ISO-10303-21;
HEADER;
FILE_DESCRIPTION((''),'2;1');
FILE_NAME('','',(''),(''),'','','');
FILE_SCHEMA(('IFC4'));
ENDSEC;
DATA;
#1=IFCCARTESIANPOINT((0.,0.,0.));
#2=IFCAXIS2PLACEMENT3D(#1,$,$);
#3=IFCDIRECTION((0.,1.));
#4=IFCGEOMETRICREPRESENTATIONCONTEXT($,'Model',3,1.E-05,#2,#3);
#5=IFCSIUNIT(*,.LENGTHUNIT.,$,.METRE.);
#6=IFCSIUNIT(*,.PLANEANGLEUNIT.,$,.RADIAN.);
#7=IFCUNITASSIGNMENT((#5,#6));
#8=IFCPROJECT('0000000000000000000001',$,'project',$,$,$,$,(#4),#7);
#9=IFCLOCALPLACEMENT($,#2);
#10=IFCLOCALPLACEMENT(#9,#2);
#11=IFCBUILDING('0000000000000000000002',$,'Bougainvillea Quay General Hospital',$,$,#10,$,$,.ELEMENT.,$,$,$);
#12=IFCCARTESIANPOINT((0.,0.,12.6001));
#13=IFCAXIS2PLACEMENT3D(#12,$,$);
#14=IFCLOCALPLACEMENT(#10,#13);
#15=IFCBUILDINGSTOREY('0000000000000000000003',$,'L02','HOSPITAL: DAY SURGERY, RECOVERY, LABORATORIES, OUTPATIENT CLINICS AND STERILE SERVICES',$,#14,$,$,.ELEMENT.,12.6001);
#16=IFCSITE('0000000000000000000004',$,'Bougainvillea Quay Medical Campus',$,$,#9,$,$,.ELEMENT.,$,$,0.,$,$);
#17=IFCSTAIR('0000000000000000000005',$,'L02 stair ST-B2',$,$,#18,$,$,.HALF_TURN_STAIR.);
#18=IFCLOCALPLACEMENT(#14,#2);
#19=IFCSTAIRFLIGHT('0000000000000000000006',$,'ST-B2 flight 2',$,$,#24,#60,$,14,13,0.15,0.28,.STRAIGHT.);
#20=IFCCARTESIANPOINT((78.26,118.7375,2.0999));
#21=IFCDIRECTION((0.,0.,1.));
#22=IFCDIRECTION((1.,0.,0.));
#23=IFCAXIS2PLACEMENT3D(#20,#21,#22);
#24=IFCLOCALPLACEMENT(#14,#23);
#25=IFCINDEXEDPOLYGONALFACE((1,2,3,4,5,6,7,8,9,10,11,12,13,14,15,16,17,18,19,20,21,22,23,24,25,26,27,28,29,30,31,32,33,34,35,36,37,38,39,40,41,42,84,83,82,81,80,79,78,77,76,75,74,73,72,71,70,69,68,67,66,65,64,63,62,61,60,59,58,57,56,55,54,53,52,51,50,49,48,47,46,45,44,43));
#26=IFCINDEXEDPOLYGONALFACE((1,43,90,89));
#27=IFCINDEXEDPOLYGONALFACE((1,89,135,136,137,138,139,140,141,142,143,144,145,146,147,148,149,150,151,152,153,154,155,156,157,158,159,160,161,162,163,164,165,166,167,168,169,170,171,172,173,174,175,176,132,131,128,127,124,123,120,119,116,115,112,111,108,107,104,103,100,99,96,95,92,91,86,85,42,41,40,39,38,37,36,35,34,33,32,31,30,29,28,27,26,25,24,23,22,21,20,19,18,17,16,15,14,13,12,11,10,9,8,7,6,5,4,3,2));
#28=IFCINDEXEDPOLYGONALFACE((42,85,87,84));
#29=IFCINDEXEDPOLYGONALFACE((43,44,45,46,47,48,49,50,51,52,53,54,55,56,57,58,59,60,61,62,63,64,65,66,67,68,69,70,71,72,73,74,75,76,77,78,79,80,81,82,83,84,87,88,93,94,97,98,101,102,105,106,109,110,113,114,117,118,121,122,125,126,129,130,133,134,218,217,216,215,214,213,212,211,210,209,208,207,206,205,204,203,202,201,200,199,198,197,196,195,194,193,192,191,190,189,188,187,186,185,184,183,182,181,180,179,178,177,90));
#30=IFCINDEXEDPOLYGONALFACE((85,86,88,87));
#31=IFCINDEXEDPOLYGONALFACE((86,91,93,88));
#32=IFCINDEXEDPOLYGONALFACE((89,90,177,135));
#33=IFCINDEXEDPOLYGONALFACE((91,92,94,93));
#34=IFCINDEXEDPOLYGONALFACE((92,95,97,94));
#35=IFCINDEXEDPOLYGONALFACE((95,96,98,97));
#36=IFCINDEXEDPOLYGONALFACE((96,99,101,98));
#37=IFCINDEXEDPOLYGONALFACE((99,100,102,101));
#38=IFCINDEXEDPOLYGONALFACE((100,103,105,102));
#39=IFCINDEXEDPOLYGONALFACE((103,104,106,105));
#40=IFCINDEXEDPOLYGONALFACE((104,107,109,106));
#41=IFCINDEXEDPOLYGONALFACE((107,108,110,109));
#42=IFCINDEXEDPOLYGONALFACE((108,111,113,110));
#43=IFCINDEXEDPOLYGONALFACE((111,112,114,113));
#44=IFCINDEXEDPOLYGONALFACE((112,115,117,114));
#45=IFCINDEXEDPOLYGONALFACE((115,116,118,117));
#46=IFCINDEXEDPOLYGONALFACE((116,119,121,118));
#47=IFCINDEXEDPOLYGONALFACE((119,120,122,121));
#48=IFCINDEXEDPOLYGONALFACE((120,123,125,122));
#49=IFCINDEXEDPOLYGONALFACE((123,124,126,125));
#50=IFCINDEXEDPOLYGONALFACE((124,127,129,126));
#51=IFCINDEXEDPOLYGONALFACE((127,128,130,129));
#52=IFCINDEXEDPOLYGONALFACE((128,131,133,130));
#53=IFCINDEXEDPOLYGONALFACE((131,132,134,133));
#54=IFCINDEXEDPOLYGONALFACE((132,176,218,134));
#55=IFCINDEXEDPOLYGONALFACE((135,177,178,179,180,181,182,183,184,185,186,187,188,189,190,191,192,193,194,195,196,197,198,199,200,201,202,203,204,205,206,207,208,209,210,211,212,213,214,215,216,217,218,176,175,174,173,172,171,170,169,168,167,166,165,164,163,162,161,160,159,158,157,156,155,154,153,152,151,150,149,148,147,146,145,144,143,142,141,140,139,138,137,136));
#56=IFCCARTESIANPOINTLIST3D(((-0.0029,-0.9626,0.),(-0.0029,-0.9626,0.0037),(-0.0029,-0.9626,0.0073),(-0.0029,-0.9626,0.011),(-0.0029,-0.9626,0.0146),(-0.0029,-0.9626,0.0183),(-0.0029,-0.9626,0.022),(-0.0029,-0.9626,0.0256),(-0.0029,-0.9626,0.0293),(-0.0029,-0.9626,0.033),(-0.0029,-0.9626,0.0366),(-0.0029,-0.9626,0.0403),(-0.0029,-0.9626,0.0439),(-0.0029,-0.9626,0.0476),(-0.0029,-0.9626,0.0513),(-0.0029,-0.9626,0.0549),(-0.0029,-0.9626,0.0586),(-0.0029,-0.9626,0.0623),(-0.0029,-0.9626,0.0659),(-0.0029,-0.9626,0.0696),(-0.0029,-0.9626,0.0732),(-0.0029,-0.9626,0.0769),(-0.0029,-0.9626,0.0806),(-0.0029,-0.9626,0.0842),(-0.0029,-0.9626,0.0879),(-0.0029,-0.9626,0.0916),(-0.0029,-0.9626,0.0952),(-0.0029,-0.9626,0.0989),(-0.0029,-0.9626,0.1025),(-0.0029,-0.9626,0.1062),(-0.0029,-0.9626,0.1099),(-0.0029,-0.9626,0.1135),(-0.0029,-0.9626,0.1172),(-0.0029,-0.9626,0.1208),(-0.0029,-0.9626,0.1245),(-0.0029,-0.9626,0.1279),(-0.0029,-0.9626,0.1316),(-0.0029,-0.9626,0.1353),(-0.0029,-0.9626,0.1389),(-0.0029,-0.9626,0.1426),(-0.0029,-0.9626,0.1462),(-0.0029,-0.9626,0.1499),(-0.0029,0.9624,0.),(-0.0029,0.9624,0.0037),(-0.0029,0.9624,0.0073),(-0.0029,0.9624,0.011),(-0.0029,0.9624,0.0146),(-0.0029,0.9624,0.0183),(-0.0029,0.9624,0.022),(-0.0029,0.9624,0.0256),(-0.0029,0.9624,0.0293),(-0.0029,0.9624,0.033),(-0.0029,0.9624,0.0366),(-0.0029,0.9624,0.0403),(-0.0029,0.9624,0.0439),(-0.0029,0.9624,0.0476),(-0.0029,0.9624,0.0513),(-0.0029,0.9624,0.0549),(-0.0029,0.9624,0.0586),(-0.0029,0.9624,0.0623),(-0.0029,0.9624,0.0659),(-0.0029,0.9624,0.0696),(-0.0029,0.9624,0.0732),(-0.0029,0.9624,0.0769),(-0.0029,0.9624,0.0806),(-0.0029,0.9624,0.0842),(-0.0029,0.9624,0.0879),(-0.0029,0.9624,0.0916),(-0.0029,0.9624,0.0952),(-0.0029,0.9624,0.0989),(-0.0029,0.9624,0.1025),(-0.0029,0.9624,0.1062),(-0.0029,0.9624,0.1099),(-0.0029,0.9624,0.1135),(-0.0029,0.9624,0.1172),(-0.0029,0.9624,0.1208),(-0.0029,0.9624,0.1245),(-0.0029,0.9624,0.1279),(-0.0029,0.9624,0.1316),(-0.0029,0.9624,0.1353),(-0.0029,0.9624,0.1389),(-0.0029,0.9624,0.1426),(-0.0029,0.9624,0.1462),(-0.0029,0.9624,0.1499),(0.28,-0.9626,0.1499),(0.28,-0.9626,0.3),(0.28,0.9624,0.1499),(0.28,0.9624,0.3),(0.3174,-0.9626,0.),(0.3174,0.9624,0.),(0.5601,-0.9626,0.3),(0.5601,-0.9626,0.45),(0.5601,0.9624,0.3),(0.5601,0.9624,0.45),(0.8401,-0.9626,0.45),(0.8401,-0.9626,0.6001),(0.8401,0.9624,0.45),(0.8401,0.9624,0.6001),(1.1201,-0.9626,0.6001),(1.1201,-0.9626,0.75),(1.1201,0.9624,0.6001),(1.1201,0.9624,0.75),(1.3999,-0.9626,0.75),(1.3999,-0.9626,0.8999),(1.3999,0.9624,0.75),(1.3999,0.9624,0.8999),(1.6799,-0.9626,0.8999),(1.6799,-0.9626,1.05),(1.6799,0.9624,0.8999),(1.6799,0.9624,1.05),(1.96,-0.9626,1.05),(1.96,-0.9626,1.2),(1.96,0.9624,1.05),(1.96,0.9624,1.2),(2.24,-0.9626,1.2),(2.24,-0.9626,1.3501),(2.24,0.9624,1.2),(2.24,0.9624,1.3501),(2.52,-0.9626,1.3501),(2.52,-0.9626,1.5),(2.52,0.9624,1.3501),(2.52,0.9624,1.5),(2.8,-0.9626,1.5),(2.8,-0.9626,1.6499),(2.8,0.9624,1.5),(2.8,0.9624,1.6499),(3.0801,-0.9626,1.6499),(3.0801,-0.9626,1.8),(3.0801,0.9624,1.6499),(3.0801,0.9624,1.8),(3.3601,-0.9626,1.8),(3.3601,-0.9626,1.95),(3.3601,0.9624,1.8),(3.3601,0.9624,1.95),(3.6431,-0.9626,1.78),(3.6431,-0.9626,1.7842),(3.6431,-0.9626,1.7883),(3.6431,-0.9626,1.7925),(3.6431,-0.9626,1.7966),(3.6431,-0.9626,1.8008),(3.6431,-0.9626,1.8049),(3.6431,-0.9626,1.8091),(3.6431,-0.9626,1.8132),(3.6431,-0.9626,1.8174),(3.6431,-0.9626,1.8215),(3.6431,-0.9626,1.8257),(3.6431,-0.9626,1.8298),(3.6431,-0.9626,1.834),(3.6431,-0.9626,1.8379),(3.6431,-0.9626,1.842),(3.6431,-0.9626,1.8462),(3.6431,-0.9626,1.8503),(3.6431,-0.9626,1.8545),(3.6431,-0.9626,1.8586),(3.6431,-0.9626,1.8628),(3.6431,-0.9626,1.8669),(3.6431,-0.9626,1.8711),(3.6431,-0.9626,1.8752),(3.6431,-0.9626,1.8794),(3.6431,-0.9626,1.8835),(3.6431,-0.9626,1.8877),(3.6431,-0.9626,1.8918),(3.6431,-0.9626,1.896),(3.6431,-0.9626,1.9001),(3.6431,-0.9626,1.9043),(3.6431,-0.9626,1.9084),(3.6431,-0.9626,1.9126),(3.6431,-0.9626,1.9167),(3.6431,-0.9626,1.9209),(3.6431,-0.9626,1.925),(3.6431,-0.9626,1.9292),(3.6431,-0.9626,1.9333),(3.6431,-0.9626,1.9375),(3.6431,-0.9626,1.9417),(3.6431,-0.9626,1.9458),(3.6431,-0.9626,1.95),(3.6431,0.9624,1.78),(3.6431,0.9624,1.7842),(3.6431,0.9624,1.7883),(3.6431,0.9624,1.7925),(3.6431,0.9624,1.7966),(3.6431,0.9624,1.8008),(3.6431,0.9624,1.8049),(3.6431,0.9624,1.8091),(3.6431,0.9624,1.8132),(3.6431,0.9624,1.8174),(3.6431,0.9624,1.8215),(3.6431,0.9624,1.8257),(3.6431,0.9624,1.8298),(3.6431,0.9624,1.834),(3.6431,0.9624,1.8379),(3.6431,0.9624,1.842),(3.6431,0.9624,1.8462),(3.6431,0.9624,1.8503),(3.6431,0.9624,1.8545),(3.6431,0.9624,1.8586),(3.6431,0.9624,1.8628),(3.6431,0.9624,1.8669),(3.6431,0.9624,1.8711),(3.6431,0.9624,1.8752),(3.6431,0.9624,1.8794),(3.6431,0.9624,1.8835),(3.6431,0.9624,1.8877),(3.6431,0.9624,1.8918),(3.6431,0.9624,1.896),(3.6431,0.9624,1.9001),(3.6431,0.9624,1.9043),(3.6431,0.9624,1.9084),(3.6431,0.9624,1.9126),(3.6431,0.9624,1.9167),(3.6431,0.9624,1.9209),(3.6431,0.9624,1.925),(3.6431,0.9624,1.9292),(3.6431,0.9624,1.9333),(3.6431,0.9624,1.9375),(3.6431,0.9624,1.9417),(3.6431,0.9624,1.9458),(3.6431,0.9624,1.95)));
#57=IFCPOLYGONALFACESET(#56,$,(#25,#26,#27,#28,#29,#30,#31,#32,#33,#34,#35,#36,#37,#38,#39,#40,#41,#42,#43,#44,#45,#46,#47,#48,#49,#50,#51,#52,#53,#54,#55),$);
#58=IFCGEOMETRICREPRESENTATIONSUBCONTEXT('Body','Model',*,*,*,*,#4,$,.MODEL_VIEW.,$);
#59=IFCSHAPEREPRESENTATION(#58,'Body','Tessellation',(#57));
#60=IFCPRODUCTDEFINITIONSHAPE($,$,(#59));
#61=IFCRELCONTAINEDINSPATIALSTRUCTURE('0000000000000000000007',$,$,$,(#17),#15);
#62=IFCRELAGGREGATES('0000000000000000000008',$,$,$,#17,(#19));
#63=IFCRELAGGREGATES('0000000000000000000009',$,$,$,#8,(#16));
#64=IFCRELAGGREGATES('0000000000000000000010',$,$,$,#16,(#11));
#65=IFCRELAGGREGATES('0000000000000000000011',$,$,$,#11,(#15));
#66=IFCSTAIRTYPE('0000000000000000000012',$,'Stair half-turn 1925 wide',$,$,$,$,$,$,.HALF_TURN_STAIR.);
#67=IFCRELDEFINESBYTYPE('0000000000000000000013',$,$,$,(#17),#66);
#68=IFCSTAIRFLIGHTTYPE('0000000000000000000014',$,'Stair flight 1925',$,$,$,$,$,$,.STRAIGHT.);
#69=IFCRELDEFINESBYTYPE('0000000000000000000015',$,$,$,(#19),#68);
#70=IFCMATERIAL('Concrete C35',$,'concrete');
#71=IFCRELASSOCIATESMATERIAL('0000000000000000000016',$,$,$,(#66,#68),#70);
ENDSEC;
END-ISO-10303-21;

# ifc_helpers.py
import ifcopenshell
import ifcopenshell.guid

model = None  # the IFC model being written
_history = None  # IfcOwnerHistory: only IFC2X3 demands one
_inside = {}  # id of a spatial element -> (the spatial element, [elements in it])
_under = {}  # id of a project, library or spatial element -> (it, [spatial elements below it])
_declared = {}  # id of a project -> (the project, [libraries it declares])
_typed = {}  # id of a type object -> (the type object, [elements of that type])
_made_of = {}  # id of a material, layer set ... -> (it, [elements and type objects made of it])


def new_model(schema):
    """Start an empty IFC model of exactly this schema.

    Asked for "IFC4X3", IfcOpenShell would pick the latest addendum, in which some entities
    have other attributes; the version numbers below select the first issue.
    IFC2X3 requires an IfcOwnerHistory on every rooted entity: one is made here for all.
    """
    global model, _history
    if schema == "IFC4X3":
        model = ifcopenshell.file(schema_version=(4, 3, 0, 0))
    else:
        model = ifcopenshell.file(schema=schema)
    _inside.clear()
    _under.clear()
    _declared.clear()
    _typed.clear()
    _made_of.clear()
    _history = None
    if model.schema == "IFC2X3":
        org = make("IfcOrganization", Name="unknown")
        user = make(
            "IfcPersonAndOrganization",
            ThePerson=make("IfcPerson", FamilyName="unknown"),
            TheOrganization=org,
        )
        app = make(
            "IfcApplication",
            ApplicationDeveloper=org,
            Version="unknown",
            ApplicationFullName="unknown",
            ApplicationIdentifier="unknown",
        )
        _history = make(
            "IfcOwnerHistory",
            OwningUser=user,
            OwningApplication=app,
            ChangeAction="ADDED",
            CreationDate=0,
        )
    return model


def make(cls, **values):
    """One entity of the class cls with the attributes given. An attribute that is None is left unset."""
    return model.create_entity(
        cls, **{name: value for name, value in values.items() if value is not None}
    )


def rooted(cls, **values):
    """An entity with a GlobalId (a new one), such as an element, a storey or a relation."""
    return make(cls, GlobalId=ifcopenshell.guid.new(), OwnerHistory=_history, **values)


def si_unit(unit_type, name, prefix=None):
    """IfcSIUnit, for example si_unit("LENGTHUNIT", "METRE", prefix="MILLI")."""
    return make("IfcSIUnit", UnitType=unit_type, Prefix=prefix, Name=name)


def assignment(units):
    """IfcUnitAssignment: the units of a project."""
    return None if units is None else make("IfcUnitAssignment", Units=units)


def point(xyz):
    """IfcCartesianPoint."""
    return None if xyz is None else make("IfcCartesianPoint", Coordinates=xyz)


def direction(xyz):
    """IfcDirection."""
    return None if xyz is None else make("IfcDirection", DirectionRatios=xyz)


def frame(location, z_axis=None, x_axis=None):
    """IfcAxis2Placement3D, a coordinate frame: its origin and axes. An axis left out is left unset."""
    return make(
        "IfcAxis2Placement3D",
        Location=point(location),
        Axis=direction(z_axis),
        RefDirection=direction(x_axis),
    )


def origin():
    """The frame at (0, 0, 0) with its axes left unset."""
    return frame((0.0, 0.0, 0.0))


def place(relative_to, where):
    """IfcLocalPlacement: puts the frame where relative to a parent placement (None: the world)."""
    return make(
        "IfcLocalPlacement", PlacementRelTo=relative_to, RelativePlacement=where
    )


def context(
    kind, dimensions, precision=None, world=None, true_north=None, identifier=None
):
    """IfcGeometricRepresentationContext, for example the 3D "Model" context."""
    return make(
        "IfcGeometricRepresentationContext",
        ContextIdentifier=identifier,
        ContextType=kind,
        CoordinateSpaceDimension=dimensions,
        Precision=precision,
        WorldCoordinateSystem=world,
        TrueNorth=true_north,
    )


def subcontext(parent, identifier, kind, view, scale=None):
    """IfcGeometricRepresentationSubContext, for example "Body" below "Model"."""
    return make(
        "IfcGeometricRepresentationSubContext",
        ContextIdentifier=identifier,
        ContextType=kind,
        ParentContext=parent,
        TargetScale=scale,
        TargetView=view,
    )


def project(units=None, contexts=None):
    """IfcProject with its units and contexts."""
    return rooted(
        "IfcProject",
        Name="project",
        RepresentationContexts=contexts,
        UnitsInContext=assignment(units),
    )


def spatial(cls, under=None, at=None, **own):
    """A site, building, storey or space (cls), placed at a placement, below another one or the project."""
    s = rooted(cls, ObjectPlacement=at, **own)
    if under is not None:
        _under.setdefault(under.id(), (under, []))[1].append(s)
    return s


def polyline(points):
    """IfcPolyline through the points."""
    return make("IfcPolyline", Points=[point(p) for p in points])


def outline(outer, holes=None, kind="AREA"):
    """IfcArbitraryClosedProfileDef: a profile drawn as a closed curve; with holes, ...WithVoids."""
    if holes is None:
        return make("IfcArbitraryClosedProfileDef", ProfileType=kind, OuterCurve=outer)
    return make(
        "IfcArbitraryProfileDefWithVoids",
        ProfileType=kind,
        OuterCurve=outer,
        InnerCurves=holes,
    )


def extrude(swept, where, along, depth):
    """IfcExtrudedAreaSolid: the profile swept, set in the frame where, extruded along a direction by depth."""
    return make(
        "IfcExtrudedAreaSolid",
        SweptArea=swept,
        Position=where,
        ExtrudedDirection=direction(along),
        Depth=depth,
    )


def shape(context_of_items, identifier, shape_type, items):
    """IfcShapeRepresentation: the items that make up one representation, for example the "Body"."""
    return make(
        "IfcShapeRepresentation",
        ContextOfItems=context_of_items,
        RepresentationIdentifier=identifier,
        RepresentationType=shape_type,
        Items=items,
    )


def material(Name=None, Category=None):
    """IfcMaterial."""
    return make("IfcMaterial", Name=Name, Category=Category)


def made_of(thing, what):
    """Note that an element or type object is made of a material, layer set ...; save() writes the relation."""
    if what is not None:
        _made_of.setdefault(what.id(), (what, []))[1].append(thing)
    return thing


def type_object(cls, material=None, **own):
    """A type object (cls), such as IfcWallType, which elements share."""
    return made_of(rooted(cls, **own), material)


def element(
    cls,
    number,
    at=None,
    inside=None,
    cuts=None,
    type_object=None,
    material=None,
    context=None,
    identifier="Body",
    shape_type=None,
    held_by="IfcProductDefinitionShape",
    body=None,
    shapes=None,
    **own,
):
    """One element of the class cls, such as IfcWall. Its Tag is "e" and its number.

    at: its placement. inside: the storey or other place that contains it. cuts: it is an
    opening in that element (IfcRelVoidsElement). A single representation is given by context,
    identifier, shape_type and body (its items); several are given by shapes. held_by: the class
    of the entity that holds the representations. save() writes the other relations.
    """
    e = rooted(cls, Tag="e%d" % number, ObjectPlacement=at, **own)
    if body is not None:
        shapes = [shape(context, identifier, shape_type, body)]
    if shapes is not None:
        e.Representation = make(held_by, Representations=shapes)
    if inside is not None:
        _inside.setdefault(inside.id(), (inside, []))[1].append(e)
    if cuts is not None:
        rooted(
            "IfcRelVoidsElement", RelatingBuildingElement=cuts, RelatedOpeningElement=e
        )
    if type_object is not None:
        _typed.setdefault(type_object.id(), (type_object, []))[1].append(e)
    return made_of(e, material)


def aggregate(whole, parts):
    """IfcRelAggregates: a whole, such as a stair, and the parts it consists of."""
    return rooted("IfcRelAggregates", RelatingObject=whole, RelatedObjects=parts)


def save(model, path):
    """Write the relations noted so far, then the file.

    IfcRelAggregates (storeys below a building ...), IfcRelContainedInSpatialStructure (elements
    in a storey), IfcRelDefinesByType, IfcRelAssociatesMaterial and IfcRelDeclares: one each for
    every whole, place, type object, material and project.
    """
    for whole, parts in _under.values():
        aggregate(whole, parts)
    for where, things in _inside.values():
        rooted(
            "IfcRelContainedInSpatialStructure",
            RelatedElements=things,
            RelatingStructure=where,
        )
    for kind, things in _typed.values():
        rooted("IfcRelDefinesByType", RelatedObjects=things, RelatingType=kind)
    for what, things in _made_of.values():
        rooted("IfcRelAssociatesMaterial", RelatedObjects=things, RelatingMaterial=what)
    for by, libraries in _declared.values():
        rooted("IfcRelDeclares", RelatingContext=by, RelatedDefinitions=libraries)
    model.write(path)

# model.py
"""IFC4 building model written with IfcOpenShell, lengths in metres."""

from ifc_helpers import new_model, si_unit, direction, frame, origin, place, context, subcontext, project, spatial, polyline, outline, extrude, material, type_object, element, aggregate, save


model = new_model("IFC4")

# Units and contexts
model_context = context("Model", 3, precision=1e-05, world=origin(), true_north=direction((0.0, 1.0)))
body_context = subcontext(model_context, "Body", "Model", "MODEL_VIEW")
ifc_project = project(units=[si_unit("LENGTHUNIT", "METRE"), si_unit("PLANEANGLEUNIT", "RADIAN")], contexts=[model_context])

# Site, building, storey
site_placement = place(None, origin())
site = spatial("IfcSite", under=ifc_project, at=site_placement, Name="Bougainvillea Quay Medical Campus", CompositionType="ELEMENT", RefElevation=0.0)
building_placement = place(site_placement, origin())
building = spatial("IfcBuilding", under=site, at=building_placement, Name="Bougainvillea Quay General Hospital", CompositionType="ELEMENT")
storey_placement = place(building_placement, frame((0.0, 0.0, 12.6001)))
storey = spatial("IfcBuildingStorey", under=building, at=storey_placement, Name="L02", Description="HOSPITAL: DAY SURGERY, RECOVERY, LABORATORIES, OUTPATIENT CLINICS AND STERILE SERVICES", CompositionType="ELEMENT", Elevation=12.6001)

# Stair, stair flight
ifc_material_1 = material(Name="Concrete C35", Category="concrete")
stair_type = type_object("IfcStairType", Name="Stair half-turn 1925 wide", PredefinedType="HALF_TURN_STAIR", material=ifc_material_1)
stair_placement = place(storey_placement, origin())
stair = element("IfcStair", 1, at=stair_placement, inside=storey, type_object=stair_type, Name="L02 stair ST-B2", PredefinedType="HALF_TURN_STAIR")
stair_flight_type = type_object("IfcStairFlightType", Name="Stair flight 1925", PredefinedType="STRAIGHT", material=ifc_material_1)
stair_flight_1_placement = place(storey_placement, frame((78.26, 118.7375, 2.0999), z_axis=(0.0, 0.0, 1.0), x_axis=(1.0, 0.0, 0.0)))
stair_flight_1 = element("IfcStairFlight", 2, at=stair_flight_1_placement, type_object=stair_flight_type, Name="ST-B2 flight 2", NumberOfRisers=14, NumberOfTreads=13, PredefinedType="STRAIGHT", RiserHeight=0.15, TreadLength=0.28, context=body_context, shape_type="SweptSolid", body=[
    extrude(outline(polyline([(-0.0029, 0.0), (-0.0029, 0.0037), (-0.0029, 0.0073), (-0.0029, 0.011), (-0.0029, 0.0146), (-0.0029, 0.0183), (-0.0029, 0.022), (-0.0029, 0.0256), (-0.0029, 0.0293), (-0.0029, 0.033), (-0.0029, 0.0366), (-0.0029, 0.0403), (-0.0029, 0.0439), (-0.0029, 0.0476), (-0.0029, 0.0513), (-0.0029, 0.0549), (-0.0029, 0.0586), (-0.0029, 0.0623), (-0.0029, 0.0659), (-0.0029, 0.0696), (-0.0029, 0.0732), (-0.0029, 0.0769), (-0.0029, 0.0806), (-0.0029, 0.0842), (-0.0029, 0.0879), (-0.0029, 0.0916), (-0.0029, 0.0952), (-0.0029, 0.0989), (-0.0029, 0.1025), (-0.0029, 0.1062), (-0.0029, 0.1099), (-0.0029, 0.1135), (-0.0029, 0.1172), (-0.0029, 0.1208), (-0.0029, 0.1245), (-0.0029, 0.1279), (-0.0029, 0.1316), (-0.0029, 0.1353), (-0.0029, 0.1389), (-0.0029, 0.1426), (-0.0029, 0.1462), (-0.0029, 0.1499), (0.28, 0.1499), (0.28, 0.3), (0.5601, 0.3), (0.5601, 0.45), (0.8401, 0.45), (0.8401, 0.6001), (1.1201, 0.6001), (1.1201, 0.75), (1.3999, 0.75), (1.3999, 0.8999), (1.6799, 0.8999), (1.6799, 1.05), (1.96, 1.05), (1.96, 1.2), (2.24, 1.2), (2.24, 1.3501), (2.52, 1.3501), (2.52, 1.5), (2.8, 1.5), (2.8, 1.6499), (3.0801, 1.6499), (3.0801, 1.8), (3.3601, 1.8), (3.3601, 1.95), (3.6431, 1.95), (3.6431, 1.9458), (3.6431, 1.9417), (3.6431, 1.9375), (3.6431, 1.9333), (3.6431, 1.9292), (3.6431, 1.925), (3.6431, 1.9209), (3.6431, 1.9167), (3.6431, 1.9126), (3.6431, 1.9084), (3.6431, 1.9043), (3.6431, 1.9001), (3.6431, 1.896), (3.6431, 1.8918), (3.6431, 1.8877), (3.6431, 1.8835), (3.6431, 1.8794), (3.6431, 1.8752), (3.6431, 1.8711), (3.6431, 1.8669), (3.6431, 1.8628), (3.6431, 1.8586), (3.6431, 1.8545), (3.6431, 1.8503), (3.6431, 1.8462), (3.6431, 1.842), (3.6431, 1.8379), (3.6431, 1.834), (3.6431, 1.8298), (3.6431, 1.8257), (3.6431, 1.8215), (3.6431, 1.8174), (3.6431, 1.8132), (3.6431, 1.8091), (3.6431, 1.8049), (3.6431, 1.8008), (3.6431, 1.7966), (3.6431, 1.7925), (3.6431, 1.7883), (3.6431, 1.7842), (3.6431, 1.78), (0.3174, 0.0), (-0.0029, 0.0)])), frame((0.0, 0.9624, 0.0), z_axis=(0.0, -1.0, 0.0), x_axis=(1.0, 0.0, 0.0)), (0.0, 0.0, 1.0), 1.925),
])
aggregate(stair, [stair_flight_1])

save(model, "model.ifc")
